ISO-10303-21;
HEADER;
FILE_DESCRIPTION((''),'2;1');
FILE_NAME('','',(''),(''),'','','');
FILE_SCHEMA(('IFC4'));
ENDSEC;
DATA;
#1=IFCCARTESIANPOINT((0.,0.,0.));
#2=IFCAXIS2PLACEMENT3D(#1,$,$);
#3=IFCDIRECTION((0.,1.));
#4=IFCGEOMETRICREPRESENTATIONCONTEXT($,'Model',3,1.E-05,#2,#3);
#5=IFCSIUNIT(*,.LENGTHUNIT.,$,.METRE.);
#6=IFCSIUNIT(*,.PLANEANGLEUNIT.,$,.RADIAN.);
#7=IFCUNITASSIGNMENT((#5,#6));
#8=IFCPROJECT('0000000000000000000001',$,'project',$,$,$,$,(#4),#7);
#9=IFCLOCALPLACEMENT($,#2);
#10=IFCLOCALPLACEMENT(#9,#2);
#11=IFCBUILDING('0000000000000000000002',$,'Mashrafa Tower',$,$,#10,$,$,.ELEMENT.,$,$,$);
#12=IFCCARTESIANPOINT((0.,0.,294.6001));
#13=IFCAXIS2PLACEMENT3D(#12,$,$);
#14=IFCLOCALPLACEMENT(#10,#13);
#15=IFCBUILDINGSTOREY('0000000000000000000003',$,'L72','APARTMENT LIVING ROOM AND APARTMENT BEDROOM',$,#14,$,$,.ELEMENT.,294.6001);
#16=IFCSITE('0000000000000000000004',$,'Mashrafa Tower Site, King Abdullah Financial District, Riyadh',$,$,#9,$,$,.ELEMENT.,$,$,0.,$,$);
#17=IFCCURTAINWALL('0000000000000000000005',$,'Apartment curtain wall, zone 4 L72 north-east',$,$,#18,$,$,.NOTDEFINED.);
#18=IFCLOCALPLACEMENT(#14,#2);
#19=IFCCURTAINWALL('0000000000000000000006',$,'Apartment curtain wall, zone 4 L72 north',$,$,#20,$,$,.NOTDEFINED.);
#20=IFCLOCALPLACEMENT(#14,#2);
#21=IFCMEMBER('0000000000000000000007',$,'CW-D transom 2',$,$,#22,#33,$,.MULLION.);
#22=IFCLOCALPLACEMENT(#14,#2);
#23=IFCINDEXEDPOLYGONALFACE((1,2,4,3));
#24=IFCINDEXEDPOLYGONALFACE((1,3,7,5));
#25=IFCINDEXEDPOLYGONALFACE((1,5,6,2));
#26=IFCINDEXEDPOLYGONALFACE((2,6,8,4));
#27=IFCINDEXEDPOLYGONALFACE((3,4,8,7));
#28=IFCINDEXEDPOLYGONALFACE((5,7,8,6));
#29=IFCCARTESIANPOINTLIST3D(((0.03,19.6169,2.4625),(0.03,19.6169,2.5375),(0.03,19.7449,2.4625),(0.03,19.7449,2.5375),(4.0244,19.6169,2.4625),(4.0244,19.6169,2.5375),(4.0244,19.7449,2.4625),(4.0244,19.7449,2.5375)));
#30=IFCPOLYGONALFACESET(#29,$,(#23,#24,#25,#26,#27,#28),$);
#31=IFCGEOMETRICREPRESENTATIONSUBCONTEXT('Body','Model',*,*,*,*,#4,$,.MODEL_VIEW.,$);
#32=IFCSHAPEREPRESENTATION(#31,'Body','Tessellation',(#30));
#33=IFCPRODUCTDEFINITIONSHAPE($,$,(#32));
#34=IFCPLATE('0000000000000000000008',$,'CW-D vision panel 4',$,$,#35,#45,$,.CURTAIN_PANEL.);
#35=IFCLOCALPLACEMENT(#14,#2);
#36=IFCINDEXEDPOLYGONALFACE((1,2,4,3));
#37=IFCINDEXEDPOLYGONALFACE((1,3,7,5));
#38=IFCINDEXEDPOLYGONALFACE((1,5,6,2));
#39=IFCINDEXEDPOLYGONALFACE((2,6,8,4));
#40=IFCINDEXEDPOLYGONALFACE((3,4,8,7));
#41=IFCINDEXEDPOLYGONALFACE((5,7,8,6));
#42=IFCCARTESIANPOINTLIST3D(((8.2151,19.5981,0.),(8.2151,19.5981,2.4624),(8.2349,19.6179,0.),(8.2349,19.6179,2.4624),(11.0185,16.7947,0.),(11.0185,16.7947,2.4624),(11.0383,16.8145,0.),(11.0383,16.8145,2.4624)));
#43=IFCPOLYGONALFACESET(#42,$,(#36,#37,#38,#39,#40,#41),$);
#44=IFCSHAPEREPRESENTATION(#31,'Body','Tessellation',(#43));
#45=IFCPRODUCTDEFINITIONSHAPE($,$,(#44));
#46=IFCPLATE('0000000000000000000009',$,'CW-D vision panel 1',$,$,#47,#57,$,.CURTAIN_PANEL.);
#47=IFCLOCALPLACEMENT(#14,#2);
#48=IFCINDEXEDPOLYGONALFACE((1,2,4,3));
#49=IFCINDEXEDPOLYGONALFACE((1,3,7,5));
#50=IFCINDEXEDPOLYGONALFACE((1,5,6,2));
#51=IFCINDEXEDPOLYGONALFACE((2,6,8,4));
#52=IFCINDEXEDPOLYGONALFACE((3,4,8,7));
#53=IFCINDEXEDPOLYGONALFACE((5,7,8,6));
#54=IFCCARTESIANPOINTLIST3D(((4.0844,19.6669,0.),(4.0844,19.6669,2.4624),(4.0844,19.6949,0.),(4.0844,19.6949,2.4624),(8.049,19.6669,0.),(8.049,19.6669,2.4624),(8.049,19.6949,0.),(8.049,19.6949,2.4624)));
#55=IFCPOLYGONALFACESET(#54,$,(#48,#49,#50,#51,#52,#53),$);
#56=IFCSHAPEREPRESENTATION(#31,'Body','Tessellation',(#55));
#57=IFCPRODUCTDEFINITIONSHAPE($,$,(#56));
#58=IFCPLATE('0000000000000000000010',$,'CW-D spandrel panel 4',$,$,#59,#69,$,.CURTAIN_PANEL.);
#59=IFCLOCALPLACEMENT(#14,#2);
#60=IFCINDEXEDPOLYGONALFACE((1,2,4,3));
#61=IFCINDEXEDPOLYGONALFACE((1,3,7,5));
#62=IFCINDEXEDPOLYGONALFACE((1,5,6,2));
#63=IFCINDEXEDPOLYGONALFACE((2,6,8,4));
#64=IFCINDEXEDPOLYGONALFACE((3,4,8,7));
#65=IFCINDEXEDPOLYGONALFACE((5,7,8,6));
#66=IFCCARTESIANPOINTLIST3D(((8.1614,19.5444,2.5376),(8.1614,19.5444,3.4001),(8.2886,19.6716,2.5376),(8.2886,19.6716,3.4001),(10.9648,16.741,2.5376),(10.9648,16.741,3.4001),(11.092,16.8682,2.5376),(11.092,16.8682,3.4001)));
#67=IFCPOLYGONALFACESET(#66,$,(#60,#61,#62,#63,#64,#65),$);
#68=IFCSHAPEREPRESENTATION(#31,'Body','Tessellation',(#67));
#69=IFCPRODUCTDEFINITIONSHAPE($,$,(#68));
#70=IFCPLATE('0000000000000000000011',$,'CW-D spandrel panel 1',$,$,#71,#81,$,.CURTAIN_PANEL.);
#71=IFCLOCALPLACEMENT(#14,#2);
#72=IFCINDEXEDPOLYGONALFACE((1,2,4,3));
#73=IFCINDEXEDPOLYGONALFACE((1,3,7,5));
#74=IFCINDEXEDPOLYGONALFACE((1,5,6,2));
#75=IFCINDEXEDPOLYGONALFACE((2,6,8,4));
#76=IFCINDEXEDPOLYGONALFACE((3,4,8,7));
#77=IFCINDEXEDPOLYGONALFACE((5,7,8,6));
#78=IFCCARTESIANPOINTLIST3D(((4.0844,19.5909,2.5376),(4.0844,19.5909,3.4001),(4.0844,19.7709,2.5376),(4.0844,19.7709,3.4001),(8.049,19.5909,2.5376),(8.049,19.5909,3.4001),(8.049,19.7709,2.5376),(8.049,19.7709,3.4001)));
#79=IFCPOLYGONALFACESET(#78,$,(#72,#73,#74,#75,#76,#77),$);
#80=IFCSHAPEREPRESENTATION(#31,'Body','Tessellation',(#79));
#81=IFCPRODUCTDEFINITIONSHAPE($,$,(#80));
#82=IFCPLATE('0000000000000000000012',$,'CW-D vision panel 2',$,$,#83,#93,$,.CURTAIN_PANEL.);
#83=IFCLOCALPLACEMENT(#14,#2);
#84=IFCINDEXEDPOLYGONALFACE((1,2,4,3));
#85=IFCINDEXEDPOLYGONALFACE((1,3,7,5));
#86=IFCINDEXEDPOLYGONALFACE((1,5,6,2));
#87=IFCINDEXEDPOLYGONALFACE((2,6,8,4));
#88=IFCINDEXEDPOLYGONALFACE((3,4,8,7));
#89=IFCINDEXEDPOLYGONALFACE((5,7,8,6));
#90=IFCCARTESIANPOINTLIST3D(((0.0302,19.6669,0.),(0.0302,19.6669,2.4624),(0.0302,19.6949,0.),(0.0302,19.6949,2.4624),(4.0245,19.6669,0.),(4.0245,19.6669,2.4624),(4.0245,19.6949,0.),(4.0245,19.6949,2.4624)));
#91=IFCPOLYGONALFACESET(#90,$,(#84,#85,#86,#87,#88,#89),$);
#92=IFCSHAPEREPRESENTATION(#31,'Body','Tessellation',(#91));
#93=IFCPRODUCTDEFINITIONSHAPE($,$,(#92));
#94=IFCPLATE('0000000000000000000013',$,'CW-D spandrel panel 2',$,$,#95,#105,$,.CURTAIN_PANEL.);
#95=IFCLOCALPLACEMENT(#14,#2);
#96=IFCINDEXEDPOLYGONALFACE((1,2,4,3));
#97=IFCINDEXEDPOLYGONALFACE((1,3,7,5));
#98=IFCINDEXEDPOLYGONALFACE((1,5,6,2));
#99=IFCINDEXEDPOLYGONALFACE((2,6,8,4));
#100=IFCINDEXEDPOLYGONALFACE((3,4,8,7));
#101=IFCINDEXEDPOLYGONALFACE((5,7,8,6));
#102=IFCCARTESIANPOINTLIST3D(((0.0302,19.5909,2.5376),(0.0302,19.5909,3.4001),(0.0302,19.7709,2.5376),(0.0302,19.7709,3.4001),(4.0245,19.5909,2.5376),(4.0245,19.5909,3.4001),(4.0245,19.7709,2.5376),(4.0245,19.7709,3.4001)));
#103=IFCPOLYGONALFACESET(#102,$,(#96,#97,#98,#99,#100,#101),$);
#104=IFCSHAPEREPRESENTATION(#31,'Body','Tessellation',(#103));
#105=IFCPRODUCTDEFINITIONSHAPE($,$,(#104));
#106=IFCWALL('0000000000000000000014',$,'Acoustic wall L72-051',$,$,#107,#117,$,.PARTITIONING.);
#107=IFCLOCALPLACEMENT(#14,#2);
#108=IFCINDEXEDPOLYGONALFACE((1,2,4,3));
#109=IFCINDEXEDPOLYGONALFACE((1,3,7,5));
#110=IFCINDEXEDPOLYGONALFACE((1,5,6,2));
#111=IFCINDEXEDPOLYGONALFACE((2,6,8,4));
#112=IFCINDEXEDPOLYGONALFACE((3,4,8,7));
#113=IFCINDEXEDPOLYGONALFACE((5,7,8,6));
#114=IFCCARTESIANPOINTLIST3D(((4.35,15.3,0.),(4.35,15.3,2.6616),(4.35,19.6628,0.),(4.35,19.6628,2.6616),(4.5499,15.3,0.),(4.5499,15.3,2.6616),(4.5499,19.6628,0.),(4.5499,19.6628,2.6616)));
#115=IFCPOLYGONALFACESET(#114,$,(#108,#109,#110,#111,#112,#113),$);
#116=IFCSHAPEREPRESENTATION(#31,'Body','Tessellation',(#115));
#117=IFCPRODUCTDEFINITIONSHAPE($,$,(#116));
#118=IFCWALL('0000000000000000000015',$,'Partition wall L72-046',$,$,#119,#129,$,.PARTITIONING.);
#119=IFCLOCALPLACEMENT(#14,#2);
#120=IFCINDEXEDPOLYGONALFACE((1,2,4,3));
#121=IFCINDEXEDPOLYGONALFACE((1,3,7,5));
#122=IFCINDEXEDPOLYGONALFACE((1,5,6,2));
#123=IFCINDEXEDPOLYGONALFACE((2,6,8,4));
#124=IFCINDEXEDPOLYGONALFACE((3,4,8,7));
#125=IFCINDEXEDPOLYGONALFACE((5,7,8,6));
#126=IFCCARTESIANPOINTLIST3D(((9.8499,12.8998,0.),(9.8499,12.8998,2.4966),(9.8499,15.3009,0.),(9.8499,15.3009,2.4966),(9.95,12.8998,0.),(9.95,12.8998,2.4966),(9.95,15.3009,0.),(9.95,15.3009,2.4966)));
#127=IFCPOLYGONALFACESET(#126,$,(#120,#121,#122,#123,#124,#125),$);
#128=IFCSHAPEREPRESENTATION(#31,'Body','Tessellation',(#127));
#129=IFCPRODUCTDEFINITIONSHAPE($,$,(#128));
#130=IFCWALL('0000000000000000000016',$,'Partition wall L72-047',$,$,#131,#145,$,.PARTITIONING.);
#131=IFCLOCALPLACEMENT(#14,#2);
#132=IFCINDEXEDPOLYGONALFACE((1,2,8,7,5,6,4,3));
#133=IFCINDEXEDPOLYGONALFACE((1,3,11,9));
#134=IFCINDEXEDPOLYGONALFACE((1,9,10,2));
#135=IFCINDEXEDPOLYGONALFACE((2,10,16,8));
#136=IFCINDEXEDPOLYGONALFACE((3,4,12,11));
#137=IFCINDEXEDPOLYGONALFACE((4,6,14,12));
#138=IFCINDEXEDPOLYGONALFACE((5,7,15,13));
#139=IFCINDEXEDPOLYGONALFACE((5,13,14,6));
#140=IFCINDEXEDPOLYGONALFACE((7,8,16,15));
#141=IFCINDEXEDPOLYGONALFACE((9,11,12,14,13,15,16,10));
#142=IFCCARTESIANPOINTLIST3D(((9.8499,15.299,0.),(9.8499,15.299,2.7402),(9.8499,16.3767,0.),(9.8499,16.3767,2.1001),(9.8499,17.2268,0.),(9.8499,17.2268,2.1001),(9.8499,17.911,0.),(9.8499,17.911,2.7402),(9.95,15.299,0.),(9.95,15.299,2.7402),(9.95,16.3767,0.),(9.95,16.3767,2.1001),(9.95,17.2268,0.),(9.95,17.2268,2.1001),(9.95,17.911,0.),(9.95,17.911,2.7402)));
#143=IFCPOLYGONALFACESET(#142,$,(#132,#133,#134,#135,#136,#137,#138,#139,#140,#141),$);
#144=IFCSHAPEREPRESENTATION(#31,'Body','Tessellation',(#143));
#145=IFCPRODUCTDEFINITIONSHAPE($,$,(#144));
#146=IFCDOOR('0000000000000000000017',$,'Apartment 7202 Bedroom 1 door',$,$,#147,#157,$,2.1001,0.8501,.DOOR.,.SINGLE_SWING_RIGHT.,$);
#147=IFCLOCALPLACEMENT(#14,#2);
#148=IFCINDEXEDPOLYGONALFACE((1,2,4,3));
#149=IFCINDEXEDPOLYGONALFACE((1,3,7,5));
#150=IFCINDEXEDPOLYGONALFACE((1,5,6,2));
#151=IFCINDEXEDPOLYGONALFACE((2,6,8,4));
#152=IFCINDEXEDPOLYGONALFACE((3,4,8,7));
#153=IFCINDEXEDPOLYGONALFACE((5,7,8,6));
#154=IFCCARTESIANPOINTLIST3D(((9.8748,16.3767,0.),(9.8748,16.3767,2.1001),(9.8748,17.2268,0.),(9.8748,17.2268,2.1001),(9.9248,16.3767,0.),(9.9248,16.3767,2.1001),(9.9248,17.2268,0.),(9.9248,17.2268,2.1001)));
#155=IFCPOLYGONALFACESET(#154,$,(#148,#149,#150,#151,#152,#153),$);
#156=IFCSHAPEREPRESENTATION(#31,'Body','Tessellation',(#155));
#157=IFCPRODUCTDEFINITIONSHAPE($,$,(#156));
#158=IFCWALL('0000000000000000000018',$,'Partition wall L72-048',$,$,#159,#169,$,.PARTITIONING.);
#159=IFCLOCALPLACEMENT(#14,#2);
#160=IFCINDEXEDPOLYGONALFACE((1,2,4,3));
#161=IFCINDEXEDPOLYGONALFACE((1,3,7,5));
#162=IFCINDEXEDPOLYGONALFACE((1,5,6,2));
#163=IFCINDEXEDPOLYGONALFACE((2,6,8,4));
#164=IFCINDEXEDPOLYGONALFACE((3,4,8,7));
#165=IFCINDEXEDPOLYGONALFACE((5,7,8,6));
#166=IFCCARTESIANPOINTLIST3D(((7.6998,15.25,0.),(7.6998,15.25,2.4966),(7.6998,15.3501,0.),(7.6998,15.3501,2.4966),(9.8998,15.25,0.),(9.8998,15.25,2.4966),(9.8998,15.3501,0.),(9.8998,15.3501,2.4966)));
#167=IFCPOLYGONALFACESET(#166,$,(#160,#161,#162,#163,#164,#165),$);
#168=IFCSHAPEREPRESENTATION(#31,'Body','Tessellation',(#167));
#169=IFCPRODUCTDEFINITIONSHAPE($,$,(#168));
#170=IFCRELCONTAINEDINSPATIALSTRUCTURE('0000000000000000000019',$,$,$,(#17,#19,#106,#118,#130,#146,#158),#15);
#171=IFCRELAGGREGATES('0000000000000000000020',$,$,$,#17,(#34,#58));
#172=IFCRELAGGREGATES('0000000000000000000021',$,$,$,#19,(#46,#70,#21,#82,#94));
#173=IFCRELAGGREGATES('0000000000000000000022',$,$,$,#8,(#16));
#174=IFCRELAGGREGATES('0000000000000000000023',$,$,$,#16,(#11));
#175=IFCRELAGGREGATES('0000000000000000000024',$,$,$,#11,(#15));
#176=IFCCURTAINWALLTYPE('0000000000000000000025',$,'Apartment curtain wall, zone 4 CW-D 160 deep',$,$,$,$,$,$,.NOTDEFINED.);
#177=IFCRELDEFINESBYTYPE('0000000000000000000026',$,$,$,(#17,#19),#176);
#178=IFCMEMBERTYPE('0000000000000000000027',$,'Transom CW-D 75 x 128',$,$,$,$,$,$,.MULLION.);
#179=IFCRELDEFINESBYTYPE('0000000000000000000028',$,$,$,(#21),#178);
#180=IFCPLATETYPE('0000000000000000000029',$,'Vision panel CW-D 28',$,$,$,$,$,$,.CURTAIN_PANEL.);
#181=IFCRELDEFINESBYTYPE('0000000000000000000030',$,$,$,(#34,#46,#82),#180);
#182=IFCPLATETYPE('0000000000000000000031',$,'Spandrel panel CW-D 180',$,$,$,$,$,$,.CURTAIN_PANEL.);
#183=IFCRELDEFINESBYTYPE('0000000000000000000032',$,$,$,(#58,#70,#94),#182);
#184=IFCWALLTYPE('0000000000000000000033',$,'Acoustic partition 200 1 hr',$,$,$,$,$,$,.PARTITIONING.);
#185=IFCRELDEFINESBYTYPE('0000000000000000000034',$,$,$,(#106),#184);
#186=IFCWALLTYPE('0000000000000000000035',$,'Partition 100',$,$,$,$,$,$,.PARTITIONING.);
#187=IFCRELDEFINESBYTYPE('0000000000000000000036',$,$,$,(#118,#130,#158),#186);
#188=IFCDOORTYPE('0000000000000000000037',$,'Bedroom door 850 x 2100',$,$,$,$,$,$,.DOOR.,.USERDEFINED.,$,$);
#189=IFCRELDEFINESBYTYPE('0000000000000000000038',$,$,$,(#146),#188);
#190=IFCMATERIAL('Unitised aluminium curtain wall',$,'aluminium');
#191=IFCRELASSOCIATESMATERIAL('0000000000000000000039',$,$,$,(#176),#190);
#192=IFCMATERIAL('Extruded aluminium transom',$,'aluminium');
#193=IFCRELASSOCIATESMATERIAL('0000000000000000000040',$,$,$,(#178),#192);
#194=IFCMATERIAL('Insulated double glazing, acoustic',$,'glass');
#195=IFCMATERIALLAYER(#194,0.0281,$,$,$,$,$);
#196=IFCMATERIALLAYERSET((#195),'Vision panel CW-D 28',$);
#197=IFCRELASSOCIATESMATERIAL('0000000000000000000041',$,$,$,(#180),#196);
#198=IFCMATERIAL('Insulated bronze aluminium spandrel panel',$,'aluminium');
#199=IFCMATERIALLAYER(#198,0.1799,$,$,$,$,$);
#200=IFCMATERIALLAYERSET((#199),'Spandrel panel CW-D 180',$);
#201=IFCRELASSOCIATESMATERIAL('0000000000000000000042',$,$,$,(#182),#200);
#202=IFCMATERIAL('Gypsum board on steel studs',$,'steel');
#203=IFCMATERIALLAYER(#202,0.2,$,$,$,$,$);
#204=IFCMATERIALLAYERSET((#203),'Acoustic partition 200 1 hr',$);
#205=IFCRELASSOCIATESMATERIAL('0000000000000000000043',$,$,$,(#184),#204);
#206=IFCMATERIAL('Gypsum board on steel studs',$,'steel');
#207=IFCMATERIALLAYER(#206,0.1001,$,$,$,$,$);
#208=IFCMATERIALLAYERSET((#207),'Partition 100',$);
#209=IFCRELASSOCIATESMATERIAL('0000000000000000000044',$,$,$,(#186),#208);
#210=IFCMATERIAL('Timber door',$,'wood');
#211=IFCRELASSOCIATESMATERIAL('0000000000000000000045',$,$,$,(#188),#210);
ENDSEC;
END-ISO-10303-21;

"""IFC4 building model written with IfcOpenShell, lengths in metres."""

from ifc_helpers import new_model, si_unit, direction, frame, frame_2d, origin, origin_2d, place, context, subcontext, project, spatial, rectangle, extrude, source, transform, mapped, material, layer, layer_set, material_profile, profile_set, type_object, type_shapes, element, fill, aggregate, save


model = new_model("IFC4")

# Units and contexts
model_context = context("Model", 3, precision=1e-05, world=origin(), true_north=direction((0.0, 1.0)))
body_context = subcontext(model_context, "Body", "Model", "MODEL_VIEW")
ifc_project = project(units=[si_unit("LENGTHUNIT", "METRE"), si_unit("PLANEANGLEUNIT", "RADIAN")], contexts=[model_context])

# Site, building, storey
site_placement = place(None, origin())
site = spatial("IfcSite", under=ifc_project, at=site_placement, Name="Mashrafa Tower Site, King Abdullah Financial District, Riyadh", CompositionType="ELEMENT", RefElevation=0.0)
building_placement = place(site_placement, origin())
building = spatial("IfcBuilding", under=site, at=building_placement, Name="Mashrafa Tower", CompositionType="ELEMENT")
storey_placement = place(building_placement, frame((0.0, 0.0, 294.6001)))
storey = spatial("IfcBuildingStorey", under=building, at=storey_placement, Name="L72", Description="APARTMENT LIVING ROOM AND APARTMENT BEDROOM", CompositionType="ELEMENT", Elevation=294.6001)

# Curtain wall
ifc_material_1 = material(Name="Unitised aluminium curtain wall", Category="aluminium")
curtain_wall_type = type_object("IfcCurtainWallType", Name="Apartment curtain wall, zone 4 CW-D 160 deep", PredefinedType="NOTDEFINED", material=ifc_material_1)
curtain_wall_1_placement = place(storey_placement, origin())
curtain_wall_1 = element("IfcCurtainWall", 1, at=curtain_wall_1_placement, inside=storey, type_object=curtain_wall_type, Name="Apartment curtain wall, zone 4 L72 north-east", PredefinedType="NOTDEFINED")

# Curtain wall, member
curtain_wall_2_placement = place(storey_placement, origin())
curtain_wall_2 = element("IfcCurtainWall", 2, at=curtain_wall_2_placement, inside=storey, type_object=curtain_wall_type, Name="Apartment curtain wall, zone 4 L72 north", PredefinedType="NOTDEFINED")
ifc_material_2 = material(Name="Extruded aluminium transom", Category="aluminium")
ifc_material_profile_1 = material_profile(ifc_material_2, rectangle(XDim=0.1279, YDim=0.075, at=origin_2d()), Name="Transom 75x128")
ifc_profile_set_1 = profile_set([ifc_material_profile_1], Name="Extruded aluminium transom")
member_type_1 = type_object("IfcMemberType", Name="Transom CW-D 75 x 128", PredefinedType="MULLION", material=ifc_profile_set_1)
shared_shape_1 = source(origin(), body_context, "Body", "SweptSolid", [
    extrude(rectangle(XDim=0.1279, YDim=0.075, at=origin_2d()), origin(), (0.0, 0.0, 1.0), 3.9944),
])
member_1_placement = place(storey_placement, frame((4.0244, 19.6809, 2.5), z_axis=(-1.0, 0.0, 0.0), x_axis=(0.0, -1.0, 0.0)))
member_1 = element("IfcMember", 3, at=member_1_placement, type_object=member_type_1, Name="CW-D transom 2", PredefinedType="MULLION", context=body_context, shape_type="MappedRepresentation", body=[
    mapped(shared_shape_1, transform((0.0, 0.0, 0.0))),
])

# Plates
ifc_material_3 = material(Name="Insulated double glazing, acoustic", Category="glass")
ifc_layer_1 = layer(ifc_material_3, 0.0281)
ifc_layer_set_1 = layer_set([ifc_layer_1], Name="Vision panel CW-D 28")
plate_type_1 = type_object("IfcPlateType", Name="Vision panel CW-D 28", PredefinedType="CURTAIN_PANEL", material=ifc_layer_set_1)
shared_shape_2 = source(origin(), body_context, "Body", "SweptSolid", [
    extrude(rectangle(XDim=3.9646, YDim=0.0281, at=origin_2d()), origin(), (0.0, 0.0, 1.0), 2.4624),
])
plate_1_placement = place(storey_placement, frame((9.6267, 18.2063, 0.0), z_axis=(0.0, 0.0, 1.0), x_axis=(-0.707107, 0.707107, 0.0)))
plate_1 = element("IfcPlate", 4, at=plate_1_placement, type_object=plate_type_1, Name="CW-D vision panel 4", PredefinedType="CURTAIN_PANEL", context=body_context, shape_type="MappedRepresentation", body=[
    mapped(shared_shape_2, transform((0.0, 0.0, 0.0))),
])
plate_2_placement = place(storey_placement, frame((6.0667, 19.6809, 0.0), z_axis=(0.0, 0.0, 1.0), x_axis=(-1.0, 0.0, 0.0)))
plate_2 = element("IfcPlate", 5, at=plate_2_placement, type_object=plate_type_1, Name="CW-D vision panel 1", PredefinedType="CURTAIN_PANEL", context=body_context, shape_type="MappedRepresentation", body=[
    mapped(shared_shape_2, transform((0.0, 0.0, 0.0))),
])
ifc_material_4 = material(Name="Insulated bronze aluminium spandrel panel", Category="aluminium")
ifc_layer_2 = layer(ifc_material_4, 0.1799)
ifc_layer_set_2 = layer_set([ifc_layer_2], Name="Spandrel panel CW-D 180")
plate_type_2 = type_object("IfcPlateType", Name="Spandrel panel CW-D 180", PredefinedType="CURTAIN_PANEL", material=ifc_layer_set_2)
shared_shape_3 = source(origin(), body_context, "Body", "SweptSolid", [
    extrude(rectangle(XDim=3.9646, YDim=0.1799, at=origin_2d()), origin(), (0.0, 0.0, 1.0), 0.8625),
])
plate_3_placement = place(storey_placement, frame((9.6267, 18.2063, 2.5376), z_axis=(0.0, 0.0, 1.0), x_axis=(-0.707107, 0.707107, 0.0)))
plate_3 = element("IfcPlate", 6, at=plate_3_placement, type_object=plate_type_2, Name="CW-D spandrel panel 4", PredefinedType="CURTAIN_PANEL", context=body_context, shape_type="MappedRepresentation", body=[
    mapped(shared_shape_3, transform((0.0, 0.0, 0.0))),
])
aggregate(curtain_wall_1, [plate_1, plate_3])
plate_4_placement = place(storey_placement, frame((6.0667, 19.6809, 2.5376), z_axis=(0.0, 0.0, 1.0), x_axis=(-1.0, 0.0, 0.0)))
plate_4 = element("IfcPlate", 7, at=plate_4_placement, type_object=plate_type_2, Name="CW-D spandrel panel 1", PredefinedType="CURTAIN_PANEL", context=body_context, shape_type="MappedRepresentation", body=[
    mapped(shared_shape_3, transform((0.0, 0.0, 0.0))),
])
shared_shape_4 = source(origin(), body_context, "Body", "SweptSolid", [
    extrude(rectangle(XDim=3.9944, YDim=0.0281, at=origin_2d()), origin(), (0.0, 0.0, 1.0), 2.4624),
])
type_shapes(plate_type_1, [shared_shape_2, shared_shape_4])
plate_5_placement = place(storey_placement, frame((2.0273, 19.6809, 0.0), z_axis=(0.0, 0.0, 1.0), x_axis=(-1.0, 0.0, 0.0)))
plate_5 = element("IfcPlate", 8, at=plate_5_placement, type_object=plate_type_1, Name="CW-D vision panel 2", PredefinedType="CURTAIN_PANEL", context=body_context, shape_type="MappedRepresentation", body=[
    mapped(shared_shape_4, transform((0.0, 0.0, 0.0))),
])
shared_shape_5 = source(origin(), body_context, "Body", "SweptSolid", [
    extrude(rectangle(XDim=3.9944, YDim=0.1799, at=origin_2d()), origin(), (0.0, 0.0, 1.0), 0.8625),
])
type_shapes(plate_type_2, [shared_shape_3, shared_shape_5])
plate_6_placement = place(storey_placement, frame((2.0273, 19.6809, 2.5376), z_axis=(0.0, 0.0, 1.0), x_axis=(-1.0, 0.0, 0.0)))
plate_6 = element("IfcPlate", 9, at=plate_6_placement, type_object=plate_type_2, Name="CW-D spandrel panel 2", PredefinedType="CURTAIN_PANEL", context=body_context, shape_type="MappedRepresentation", body=[
    mapped(shared_shape_5, transform((0.0, 0.0, 0.0))),
])
aggregate(curtain_wall_2, [plate_2, plate_4, member_1, plate_5, plate_6])

# Walls
ifc_material_5 = material(Name="Gypsum board on steel studs", Category="steel")
ifc_layer_3 = layer(ifc_material_5, 0.2)
ifc_layer_set_3 = layer_set([ifc_layer_3], Name="Acoustic partition 200 1 hr")
wall_type_1 = type_object("IfcWallType", Name="Acoustic partition 200 1 hr", PredefinedType="PARTITIONING", material=ifc_layer_set_3)
wall_1_placement = place(storey_placement, frame((4.45, 19.6628, 0.0), z_axis=(0.0, 0.0, 1.0), x_axis=(0.0, -1.0, 0.0)))
element("IfcWall", 10, at=wall_1_placement, inside=storey, type_object=wall_type_1, Name="Acoustic wall L72-051", PredefinedType="PARTITIONING", context=body_context, shape_type="SweptSolid", body=[
    extrude(rectangle(XDim=4.3628, YDim=0.2, at=frame_2d((2.1814, 0.0))), origin(), (0.0, 0.0, 1.0), 2.6616),
])
ifc_material_6 = material(Name="Gypsum board on steel studs", Category="steel")
ifc_layer_4 = layer(ifc_material_6, 0.1001)
ifc_layer_set_4 = layer_set([ifc_layer_4], Name="Partition 100")
wall_type_2 = type_object("IfcWallType", Name="Partition 100", PredefinedType="PARTITIONING", material=ifc_layer_set_4)
wall_2_placement = place(storey_placement, frame((9.8999, 15.301, 0.0), z_axis=(0.0, 0.0, 1.0), x_axis=(0.0, -1.0, 0.0)))
element("IfcWall", 11, at=wall_2_placement, inside=storey, type_object=wall_type_2, Name="Partition wall L72-046", PredefinedType="PARTITIONING", context=body_context, shape_type="SweptSolid", body=[
    extrude(rectangle(XDim=2.4011, YDim=0.1001, at=frame_2d((1.2007, 0.0))), origin(), (0.0, 0.0, 1.0), 2.4966),
])

# Wall, opening, door
wall_3_placement = place(storey_placement, frame((9.8999, 17.9111, 0.0), z_axis=(0.0, 0.0, 1.0), x_axis=(0.0, -1.0, 0.0)))
wall_3 = element("IfcWall", 12, at=wall_3_placement, inside=storey, type_object=wall_type_2, Name="Partition wall L72-047", PredefinedType="PARTITIONING", context=body_context, shape_type="SweptSolid", body=[
    extrude(rectangle(XDim=2.6121, YDim=0.1001, at=frame_2d((1.3062, 0.0))), origin(), (0.0, 0.0, 1.0), 2.7402),
])
opening_1_placement = place(wall_3_placement, frame((0.6843, 0.0, 0.0)))
opening_1 = element("IfcOpeningElement", 13, at=opening_1_placement, cuts=wall_3, PredefinedType="OPENING", context=body_context, shape_type="SweptSolid", body=[
    extrude(rectangle(XDim=0.8501, YDim=2.1001, at=frame_2d((0.425, 1.05))), frame((0.0, 0.0601, 0.0), z_axis=(0.0, -1.0, 0.0), x_axis=(1.0, 0.0, 0.0)), (0.0, 0.0, 1.0), 0.1201),
])
ifc_material_7 = material(Name="Timber door", Category="wood")
door_type_1 = type_object("IfcDoorType", Name="Bedroom door 850 x 2100", OperationType="USERDEFINED", PredefinedType="DOOR", material=ifc_material_7)
door_1_placement = place(opening_1_placement, origin())
door_1 = element("IfcDoor", 14, at=door_1_placement, inside=storey, type_object=door_type_1, Name="Apartment 7202 Bedroom 1 door", OperationType="SINGLE_SWING_RIGHT", OverallHeight=2.1001, OverallWidth=0.8501, PredefinedType="DOOR", context=body_context, shape_type="SweptSolid", body=[
    extrude(rectangle(XDim=0.8501, YDim=2.1001, at=frame_2d((0.425, 1.05))), frame((0.0, 0.0249, 0.0), z_axis=(0.0, -1.0, 0.0), x_axis=(1.0, 0.0, 0.0)), (0.0, 0.0, 1.0), 0.05),
])
fill(opening_1, door_1)

# Wall
wall_4_placement = place(storey_placement, frame((9.8999, 15.3, 0.0), z_axis=(0.0, 0.0, 1.0), x_axis=(-1.0, 0.0, 0.0)))
element("IfcWall", 15, at=wall_4_placement, inside=storey, type_object=wall_type_2, Name="Partition wall L72-048", PredefinedType="PARTITIONING", context=body_context, shape_type="SweptSolid", body=[
    extrude(rectangle(XDim=2.2, YDim=0.1001, at=frame_2d((1.1001, 0.0))), origin(), (0.0, 0.0, 1.0), 2.4966),
])

save(model, "model.ifc")
